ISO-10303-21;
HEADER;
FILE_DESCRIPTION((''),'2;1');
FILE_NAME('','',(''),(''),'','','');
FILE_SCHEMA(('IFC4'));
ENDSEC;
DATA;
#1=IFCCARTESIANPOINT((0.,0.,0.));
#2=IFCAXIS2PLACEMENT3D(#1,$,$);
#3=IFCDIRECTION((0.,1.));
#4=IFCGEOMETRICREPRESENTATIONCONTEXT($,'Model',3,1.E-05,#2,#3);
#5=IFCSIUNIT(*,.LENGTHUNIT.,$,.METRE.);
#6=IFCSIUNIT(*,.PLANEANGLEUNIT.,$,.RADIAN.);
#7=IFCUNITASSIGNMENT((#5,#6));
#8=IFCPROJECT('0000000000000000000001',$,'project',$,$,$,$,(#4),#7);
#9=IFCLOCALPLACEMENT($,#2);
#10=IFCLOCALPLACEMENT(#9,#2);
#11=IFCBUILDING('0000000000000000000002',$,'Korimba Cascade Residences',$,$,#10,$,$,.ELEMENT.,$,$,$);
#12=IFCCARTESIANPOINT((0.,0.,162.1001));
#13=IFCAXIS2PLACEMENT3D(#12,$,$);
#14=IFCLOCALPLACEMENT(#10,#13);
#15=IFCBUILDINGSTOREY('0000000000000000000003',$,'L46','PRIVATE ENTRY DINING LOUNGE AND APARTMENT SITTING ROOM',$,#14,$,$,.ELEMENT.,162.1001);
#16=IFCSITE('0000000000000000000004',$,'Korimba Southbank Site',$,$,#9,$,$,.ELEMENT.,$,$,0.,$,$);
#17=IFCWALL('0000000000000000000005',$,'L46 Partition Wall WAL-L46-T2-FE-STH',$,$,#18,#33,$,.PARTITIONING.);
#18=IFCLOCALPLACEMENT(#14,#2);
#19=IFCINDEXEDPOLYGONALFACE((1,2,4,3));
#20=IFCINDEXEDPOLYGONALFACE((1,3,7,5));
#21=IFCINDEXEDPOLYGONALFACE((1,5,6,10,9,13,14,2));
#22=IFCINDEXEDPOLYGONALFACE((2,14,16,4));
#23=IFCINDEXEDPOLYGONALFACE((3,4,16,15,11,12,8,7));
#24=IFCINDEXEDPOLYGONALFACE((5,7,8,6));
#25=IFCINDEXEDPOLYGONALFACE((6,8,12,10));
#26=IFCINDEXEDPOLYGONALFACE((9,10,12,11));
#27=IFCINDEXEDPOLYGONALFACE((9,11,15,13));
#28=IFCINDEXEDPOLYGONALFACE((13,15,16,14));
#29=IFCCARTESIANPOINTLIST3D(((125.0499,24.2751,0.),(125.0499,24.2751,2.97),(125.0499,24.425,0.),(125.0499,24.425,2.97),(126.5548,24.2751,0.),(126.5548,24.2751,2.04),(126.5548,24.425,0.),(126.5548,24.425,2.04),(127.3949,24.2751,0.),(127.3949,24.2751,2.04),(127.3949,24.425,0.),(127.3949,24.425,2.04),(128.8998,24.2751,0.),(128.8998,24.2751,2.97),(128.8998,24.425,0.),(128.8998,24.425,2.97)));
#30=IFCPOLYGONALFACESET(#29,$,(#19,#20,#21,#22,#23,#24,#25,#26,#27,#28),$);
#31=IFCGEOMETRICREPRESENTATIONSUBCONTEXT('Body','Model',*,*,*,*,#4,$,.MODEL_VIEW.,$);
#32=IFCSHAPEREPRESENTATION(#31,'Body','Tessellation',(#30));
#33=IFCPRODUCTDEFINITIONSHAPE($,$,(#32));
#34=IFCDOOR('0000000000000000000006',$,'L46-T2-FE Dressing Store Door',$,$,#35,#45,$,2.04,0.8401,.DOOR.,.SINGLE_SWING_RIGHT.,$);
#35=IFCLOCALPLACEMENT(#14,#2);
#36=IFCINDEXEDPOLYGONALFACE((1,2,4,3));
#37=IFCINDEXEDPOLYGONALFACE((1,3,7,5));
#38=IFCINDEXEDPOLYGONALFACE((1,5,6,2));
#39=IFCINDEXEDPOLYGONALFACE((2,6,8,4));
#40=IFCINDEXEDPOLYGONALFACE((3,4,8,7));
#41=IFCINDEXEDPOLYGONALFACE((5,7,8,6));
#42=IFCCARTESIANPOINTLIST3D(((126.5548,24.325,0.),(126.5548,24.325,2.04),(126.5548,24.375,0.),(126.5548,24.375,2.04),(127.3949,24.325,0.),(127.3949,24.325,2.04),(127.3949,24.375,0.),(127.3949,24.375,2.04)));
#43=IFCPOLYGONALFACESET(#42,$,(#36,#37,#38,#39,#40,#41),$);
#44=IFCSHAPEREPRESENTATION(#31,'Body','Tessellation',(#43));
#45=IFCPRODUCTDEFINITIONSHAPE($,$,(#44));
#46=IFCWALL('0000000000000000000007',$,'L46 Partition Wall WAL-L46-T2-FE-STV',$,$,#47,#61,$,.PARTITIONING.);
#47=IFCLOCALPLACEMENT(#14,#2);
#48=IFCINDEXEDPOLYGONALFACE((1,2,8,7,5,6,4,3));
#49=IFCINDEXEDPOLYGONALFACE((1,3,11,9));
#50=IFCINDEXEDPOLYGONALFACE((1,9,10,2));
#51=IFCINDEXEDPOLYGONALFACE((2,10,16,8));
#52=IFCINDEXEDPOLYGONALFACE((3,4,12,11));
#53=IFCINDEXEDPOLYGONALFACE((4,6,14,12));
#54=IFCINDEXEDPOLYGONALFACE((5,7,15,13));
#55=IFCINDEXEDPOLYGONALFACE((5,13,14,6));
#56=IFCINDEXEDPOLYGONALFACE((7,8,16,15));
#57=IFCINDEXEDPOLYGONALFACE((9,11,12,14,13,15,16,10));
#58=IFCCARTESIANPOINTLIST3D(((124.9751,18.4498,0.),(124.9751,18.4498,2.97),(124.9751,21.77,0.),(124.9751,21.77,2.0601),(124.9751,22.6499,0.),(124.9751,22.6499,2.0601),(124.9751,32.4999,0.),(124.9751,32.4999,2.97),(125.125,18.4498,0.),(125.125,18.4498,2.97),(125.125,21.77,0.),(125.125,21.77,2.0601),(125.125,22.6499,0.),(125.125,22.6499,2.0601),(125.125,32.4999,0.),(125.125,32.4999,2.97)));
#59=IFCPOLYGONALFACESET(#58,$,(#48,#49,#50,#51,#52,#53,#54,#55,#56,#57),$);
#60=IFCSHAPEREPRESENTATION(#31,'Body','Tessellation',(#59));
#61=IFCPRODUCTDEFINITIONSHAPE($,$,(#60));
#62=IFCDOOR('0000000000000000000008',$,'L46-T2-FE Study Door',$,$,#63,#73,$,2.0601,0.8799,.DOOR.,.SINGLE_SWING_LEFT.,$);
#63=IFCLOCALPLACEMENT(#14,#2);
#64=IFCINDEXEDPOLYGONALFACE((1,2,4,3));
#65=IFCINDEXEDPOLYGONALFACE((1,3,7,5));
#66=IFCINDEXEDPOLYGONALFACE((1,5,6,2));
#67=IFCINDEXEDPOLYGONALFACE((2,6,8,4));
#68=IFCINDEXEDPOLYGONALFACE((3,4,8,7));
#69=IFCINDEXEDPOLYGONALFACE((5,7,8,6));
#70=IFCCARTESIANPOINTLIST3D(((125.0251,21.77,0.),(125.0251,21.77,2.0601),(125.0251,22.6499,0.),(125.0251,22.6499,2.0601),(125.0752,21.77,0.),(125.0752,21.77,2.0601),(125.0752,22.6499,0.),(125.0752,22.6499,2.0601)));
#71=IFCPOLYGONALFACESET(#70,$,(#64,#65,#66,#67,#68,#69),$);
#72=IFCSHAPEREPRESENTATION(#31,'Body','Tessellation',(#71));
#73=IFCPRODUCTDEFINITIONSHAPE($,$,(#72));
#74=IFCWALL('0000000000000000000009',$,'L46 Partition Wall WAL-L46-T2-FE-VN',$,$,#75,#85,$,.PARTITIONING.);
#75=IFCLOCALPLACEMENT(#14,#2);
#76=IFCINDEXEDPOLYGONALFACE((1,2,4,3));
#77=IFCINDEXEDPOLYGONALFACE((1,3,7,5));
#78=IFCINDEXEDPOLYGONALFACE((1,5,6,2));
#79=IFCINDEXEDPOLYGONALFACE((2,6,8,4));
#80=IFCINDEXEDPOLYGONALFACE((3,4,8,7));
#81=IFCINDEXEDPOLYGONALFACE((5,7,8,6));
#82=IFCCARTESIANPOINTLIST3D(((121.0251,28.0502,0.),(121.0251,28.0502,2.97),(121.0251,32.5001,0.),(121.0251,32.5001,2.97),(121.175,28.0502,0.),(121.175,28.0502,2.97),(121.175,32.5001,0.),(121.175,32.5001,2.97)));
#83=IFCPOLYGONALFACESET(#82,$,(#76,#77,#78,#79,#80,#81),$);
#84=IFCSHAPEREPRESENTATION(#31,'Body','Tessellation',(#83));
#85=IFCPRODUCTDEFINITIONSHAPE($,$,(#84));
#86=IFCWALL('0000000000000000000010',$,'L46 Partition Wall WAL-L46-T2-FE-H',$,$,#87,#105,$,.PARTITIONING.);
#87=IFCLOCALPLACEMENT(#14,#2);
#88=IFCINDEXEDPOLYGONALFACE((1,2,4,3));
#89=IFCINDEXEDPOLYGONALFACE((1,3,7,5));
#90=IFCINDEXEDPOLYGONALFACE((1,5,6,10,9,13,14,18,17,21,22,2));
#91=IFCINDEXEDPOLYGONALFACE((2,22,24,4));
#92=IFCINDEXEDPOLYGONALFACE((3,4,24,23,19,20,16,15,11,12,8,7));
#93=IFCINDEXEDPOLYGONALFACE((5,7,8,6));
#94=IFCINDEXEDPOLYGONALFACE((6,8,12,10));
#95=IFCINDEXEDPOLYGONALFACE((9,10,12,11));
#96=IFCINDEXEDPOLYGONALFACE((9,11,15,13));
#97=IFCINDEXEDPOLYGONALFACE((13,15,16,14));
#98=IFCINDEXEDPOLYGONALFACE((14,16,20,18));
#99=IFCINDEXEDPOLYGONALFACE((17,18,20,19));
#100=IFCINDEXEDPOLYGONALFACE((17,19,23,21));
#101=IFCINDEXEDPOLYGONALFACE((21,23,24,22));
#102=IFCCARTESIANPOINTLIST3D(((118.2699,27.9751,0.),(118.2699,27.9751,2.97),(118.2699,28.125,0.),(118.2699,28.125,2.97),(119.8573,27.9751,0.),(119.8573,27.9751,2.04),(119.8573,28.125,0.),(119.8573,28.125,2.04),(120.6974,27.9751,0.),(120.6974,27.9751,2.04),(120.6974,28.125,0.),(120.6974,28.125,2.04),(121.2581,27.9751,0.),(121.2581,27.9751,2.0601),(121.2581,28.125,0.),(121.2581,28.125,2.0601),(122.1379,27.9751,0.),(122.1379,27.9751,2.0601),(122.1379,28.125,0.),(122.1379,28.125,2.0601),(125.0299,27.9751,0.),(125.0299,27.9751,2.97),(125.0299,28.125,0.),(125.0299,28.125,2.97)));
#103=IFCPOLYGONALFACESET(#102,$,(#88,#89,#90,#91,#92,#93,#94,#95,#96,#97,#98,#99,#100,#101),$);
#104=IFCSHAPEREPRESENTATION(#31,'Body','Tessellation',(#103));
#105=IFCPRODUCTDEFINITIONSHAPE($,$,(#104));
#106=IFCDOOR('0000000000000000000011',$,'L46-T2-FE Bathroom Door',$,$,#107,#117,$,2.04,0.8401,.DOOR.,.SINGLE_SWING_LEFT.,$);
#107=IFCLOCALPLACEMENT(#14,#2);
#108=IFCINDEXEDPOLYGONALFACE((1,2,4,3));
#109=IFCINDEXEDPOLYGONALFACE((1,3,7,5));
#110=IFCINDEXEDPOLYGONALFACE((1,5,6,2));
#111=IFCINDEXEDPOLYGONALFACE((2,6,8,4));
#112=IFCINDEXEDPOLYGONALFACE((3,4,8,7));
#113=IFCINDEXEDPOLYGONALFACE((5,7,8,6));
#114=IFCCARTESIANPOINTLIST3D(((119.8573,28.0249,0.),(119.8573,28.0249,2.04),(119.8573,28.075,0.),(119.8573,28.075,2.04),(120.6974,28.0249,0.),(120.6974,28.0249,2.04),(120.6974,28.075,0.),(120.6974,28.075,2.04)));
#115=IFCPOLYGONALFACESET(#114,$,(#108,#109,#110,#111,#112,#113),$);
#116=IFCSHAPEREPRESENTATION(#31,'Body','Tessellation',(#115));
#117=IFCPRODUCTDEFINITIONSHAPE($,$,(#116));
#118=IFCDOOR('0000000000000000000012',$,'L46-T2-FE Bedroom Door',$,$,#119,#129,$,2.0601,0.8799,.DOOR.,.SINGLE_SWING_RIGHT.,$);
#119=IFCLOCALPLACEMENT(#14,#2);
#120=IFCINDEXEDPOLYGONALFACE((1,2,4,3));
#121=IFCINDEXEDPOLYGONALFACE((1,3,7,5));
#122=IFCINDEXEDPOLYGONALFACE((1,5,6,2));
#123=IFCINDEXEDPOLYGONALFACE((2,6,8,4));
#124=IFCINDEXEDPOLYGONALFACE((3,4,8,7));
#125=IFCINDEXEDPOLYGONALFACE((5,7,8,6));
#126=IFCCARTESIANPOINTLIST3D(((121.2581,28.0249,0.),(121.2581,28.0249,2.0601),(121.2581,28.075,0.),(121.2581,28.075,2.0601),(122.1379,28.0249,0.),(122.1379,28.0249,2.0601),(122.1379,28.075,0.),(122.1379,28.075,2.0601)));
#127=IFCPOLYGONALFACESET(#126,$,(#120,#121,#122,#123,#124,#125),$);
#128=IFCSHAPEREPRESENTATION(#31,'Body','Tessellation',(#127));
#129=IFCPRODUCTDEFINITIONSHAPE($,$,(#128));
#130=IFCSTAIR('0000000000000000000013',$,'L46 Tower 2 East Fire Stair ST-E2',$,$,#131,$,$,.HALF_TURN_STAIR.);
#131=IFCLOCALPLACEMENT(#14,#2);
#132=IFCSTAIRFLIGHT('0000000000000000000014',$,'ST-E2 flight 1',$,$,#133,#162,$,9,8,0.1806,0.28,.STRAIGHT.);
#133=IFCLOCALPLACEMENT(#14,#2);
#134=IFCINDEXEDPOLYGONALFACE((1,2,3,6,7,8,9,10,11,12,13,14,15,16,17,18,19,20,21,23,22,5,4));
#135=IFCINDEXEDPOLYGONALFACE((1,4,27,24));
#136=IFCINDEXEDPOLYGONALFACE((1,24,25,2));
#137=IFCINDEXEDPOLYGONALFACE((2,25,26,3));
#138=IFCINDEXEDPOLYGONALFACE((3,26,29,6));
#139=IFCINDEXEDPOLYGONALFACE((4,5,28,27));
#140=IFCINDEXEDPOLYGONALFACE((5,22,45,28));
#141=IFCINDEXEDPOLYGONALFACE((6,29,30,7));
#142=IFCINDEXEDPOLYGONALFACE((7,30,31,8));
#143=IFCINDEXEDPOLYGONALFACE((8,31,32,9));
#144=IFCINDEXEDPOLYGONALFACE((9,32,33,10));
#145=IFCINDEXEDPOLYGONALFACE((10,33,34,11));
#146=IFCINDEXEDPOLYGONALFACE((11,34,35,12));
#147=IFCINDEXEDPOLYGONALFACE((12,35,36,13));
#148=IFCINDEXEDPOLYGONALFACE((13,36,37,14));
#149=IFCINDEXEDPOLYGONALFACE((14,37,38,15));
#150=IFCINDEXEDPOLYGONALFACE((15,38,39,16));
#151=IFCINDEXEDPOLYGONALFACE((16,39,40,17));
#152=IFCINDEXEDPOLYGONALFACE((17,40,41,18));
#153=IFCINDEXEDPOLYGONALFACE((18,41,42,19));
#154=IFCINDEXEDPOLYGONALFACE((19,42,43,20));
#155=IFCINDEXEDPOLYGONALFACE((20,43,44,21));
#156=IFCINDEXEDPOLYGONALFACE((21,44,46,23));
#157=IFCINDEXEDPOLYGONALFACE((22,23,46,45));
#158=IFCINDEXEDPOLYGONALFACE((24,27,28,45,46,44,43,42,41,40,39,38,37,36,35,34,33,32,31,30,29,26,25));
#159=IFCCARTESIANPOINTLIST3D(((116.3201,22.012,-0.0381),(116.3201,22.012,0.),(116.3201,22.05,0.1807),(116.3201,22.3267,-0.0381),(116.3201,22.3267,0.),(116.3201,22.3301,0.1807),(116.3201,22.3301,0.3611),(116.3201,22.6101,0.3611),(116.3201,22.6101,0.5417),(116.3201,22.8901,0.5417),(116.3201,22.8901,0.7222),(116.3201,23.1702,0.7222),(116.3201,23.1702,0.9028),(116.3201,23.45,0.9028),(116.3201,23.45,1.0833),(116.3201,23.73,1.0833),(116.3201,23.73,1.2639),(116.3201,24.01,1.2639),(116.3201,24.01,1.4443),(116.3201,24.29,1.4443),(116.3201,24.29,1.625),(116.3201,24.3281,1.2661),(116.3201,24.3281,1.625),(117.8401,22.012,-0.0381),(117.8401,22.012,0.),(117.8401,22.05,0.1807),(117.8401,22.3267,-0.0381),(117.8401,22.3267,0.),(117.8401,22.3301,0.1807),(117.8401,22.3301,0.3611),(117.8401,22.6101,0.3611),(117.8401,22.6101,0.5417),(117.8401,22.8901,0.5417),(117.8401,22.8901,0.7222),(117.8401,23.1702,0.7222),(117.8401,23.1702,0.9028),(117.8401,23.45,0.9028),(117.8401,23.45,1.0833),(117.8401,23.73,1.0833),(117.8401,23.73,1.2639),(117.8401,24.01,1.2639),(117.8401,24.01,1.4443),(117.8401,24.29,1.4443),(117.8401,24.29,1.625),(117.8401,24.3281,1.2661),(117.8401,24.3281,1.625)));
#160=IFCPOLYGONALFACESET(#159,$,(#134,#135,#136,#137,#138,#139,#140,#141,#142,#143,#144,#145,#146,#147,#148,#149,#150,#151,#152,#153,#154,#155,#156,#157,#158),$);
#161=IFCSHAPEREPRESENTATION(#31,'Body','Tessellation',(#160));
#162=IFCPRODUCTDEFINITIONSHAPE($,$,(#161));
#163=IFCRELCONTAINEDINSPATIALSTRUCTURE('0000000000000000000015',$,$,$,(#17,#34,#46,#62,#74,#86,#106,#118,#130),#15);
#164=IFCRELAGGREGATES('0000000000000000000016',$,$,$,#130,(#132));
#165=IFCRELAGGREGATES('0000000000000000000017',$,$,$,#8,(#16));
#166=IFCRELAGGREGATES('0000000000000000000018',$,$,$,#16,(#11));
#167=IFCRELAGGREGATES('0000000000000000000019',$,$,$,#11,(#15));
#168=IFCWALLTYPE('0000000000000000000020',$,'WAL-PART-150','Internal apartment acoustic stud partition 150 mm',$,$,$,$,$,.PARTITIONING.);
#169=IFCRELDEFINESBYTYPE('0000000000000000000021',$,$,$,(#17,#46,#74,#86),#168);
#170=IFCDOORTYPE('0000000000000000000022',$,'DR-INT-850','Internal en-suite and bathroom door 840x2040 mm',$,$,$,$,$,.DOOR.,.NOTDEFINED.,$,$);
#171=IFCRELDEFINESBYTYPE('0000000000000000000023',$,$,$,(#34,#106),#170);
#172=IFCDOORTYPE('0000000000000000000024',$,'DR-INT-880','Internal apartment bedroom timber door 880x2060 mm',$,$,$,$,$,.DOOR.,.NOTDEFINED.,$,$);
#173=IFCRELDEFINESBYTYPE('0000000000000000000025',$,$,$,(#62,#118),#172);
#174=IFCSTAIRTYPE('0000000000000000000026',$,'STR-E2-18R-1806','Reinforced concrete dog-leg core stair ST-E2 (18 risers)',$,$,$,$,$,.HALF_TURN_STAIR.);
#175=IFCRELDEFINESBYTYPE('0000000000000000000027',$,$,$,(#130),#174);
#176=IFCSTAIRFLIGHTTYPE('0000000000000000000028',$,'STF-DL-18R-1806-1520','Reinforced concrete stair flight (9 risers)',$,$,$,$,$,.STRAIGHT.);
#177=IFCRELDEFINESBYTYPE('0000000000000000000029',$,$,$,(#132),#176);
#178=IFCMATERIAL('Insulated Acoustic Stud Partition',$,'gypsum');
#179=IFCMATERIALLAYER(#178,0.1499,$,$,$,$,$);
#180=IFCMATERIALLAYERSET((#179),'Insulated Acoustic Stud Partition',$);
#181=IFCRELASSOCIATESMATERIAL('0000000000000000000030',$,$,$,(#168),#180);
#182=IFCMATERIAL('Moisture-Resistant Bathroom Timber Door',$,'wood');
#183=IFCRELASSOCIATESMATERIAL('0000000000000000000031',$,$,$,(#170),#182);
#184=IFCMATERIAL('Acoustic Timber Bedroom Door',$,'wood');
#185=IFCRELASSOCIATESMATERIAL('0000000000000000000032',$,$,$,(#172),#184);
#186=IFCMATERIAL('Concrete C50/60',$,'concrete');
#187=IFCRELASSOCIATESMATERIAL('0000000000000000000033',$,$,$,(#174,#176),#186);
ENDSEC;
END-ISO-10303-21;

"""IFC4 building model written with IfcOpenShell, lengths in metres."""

from ifc_helpers import new_model, si_unit, direction, frame, frame_2d, origin, place, context, subcontext, project, spatial, polyline, rectangle, outline, extrude, material, layer, layer_set, type_object, element, fill, aggregate, save


model = new_model("IFC4")

# Units and contexts
model_context = context("Model", 3, precision=1e-05, world=origin(), true_north=direction((0.0, 1.0)))
body_context = subcontext(model_context, "Body", "Model", "MODEL_VIEW")
ifc_project = project(units=[si_unit("LENGTHUNIT", "METRE"), si_unit("PLANEANGLEUNIT", "RADIAN")], contexts=[model_context])

# Site, building, storey
site_placement = place(None, origin())
site = spatial("IfcSite", under=ifc_project, at=site_placement, Name="Korimba Southbank Site", CompositionType="ELEMENT", RefElevation=0.0)
building_placement = place(site_placement, origin())
building = spatial("IfcBuilding", under=site, at=building_placement, Name="Korimba Cascade Residences", CompositionType="ELEMENT")
storey_placement = place(building_placement, frame((0.0, 0.0, 162.1001)))
storey = spatial("IfcBuildingStorey", under=building, at=storey_placement, Name="L46", Description="PRIVATE ENTRY DINING LOUNGE AND APARTMENT SITTING ROOM", CompositionType="ELEMENT", Elevation=162.1001)

# Shared definitions
ifc_material_1 = material(Name="Concrete C50/60", Category="concrete")

# Walls, openings, doors
ifc_material_2 = material(Name="Insulated Acoustic Stud Partition", Category="gypsum")
ifc_layer_1 = layer(ifc_material_2, 0.1499)
ifc_layer_set_1 = layer_set([ifc_layer_1], Name="Insulated Acoustic Stud Partition")
wall_type_1 = type_object("IfcWallType", Name="WAL-PART-150", Description="Internal apartment acoustic stud partition 150 mm", PredefinedType="PARTITIONING", material=ifc_layer_set_1)
wall_1_placement = place(storey_placement, frame((125.05, 24.3501, 0.0), z_axis=(0.0, 0.0, 1.0), x_axis=(1.0, 0.0, 0.0)))
wall_1 = element("IfcWall", 1, at=wall_1_placement, inside=storey, type_object=wall_type_1, Name="L46 Partition Wall WAL-L46-T2-FE-STH", PredefinedType="PARTITIONING", context=body_context, shape_type="SweptSolid", body=[
    extrude(rectangle(XDim=3.8499, YDim=0.1499, at=frame_2d((1.9248, 0.0))), origin(), (0.0, 0.0, 1.0), 2.97),
])
opening_1_placement = place(wall_1_placement, frame((1.5049, 0.0, 0.0)))
opening_1 = element("IfcOpeningElement", 2, at=opening_1_placement, cuts=wall_1, PredefinedType="OPENING", context=body_context, shape_type="SweptSolid", body=[
    extrude(rectangle(XDim=0.8401, YDim=2.04, at=frame_2d((0.4199, 1.02))), frame((0.0, 0.085, 0.0), z_axis=(0.0, -1.0, 0.0), x_axis=(1.0, 0.0, 0.0)), (0.0, 0.0, 1.0), 0.1699),
])
ifc_material_3 = material(Name="Moisture-Resistant Bathroom Timber Door", Category="wood")
door_type_1 = type_object("IfcDoorType", Name="DR-INT-850", Description="Internal en-suite and bathroom door 840x2040 mm", OperationType="NOTDEFINED", PredefinedType="DOOR", material=ifc_material_3)
door_1_placement = place(opening_1_placement, origin())
door_1 = element("IfcDoor", 3, at=door_1_placement, inside=storey, type_object=door_type_1, Name="L46-T2-FE Dressing Store Door", OperationType="SINGLE_SWING_RIGHT", OverallHeight=2.04, OverallWidth=0.8401, PredefinedType="DOOR", context=body_context, shape_type="SweptSolid", body=[
    extrude(rectangle(XDim=0.8401, YDim=2.04, at=frame_2d((0.4199, 1.02))), frame((0.0, 0.0249, 0.0), z_axis=(0.0, -1.0, 0.0), x_axis=(1.0, 0.0, 0.0)), (0.0, 0.0, 1.0), 0.05),
])
fill(opening_1, door_1)
wall_2_placement = place(storey_placement, frame((125.05, 18.45, 0.0), z_axis=(0.0, 0.0, 1.0), x_axis=(0.0, 1.0, 0.0)))
wall_2 = element("IfcWall", 4, at=wall_2_placement, inside=storey, type_object=wall_type_1, Name="L46 Partition Wall WAL-L46-T2-FE-STV", PredefinedType="PARTITIONING", context=body_context, shape_type="SweptSolid", body=[
    extrude(rectangle(XDim=14.05, YDim=0.1499, at=frame_2d((7.0249, 0.0))), origin(), (0.0, 0.0, 1.0), 2.97),
])
opening_2_placement = place(wall_2_placement, frame((3.3201, 0.0, 0.0)))
opening_2 = element("IfcOpeningElement", 5, at=opening_2_placement, cuts=wall_2, PredefinedType="OPENING", context=body_context, shape_type="SweptSolid", body=[
    extrude(rectangle(XDim=0.8799, YDim=2.0601, at=frame_2d((0.4399, 1.03))), frame((0.0, 0.085, 0.0), z_axis=(0.0, -1.0, 0.0), x_axis=(1.0, 0.0, 0.0)), (0.0, 0.0, 1.0), 0.1699),
])
ifc_material_4 = material(Name="Acoustic Timber Bedroom Door", Category="wood")
door_type_2 = type_object("IfcDoorType", Name="DR-INT-880", Description="Internal apartment bedroom timber door 880x2060 mm", OperationType="NOTDEFINED", PredefinedType="DOOR", material=ifc_material_4)
door_2_placement = place(opening_2_placement, origin())
door_2 = element("IfcDoor", 6, at=door_2_placement, inside=storey, type_object=door_type_2, Name="L46-T2-FE Study Door", OperationType="SINGLE_SWING_LEFT", OverallHeight=2.0601, OverallWidth=0.8799, PredefinedType="DOOR", context=body_context, shape_type="SweptSolid", body=[
    extrude(rectangle(XDim=0.8799, YDim=2.0601, at=frame_2d((0.4399, 1.03))), frame((0.0, 0.0249, 0.0), z_axis=(0.0, -1.0, 0.0), x_axis=(1.0, 0.0, 0.0)), (0.0, 0.0, 1.0), 0.05),
])
fill(opening_2, door_2)

# Wall
wall_3_placement = place(storey_placement, frame((121.1001, 28.05, 0.0), z_axis=(0.0, 0.0, 1.0), x_axis=(0.0, 1.0, 0.0)))
element("IfcWall", 7, at=wall_3_placement, inside=storey, type_object=wall_type_1, Name="L46 Partition Wall WAL-L46-T2-FE-VN", PredefinedType="PARTITIONING", context=body_context, shape_type="SweptSolid", body=[
    extrude(rectangle(XDim=4.45, YDim=0.1499, at=frame_2d((2.2251, 0.0))), origin(), (0.0, 0.0, 1.0), 2.97),
])

# Wall, openings, doors
wall_4_placement = place(storey_placement, frame((118.27, 28.05, 0.0), z_axis=(0.0, 0.0, 1.0), x_axis=(1.0, 0.0, 0.0)))
wall_4 = element("IfcWall", 8, at=wall_4_placement, inside=storey, type_object=wall_type_1, Name="L46 Partition Wall WAL-L46-T2-FE-H", PredefinedType="PARTITIONING", context=body_context, shape_type="SweptSolid", body=[
    extrude(rectangle(XDim=6.76, YDim=0.1499, at=frame_2d((3.3799, 0.0))), origin(), (0.0, 0.0, 1.0), 2.97),
])
opening_3_placement = place(wall_4_placement, frame((1.5874, 0.0, 0.0)))
opening_3 = element("IfcOpeningElement", 9, at=opening_3_placement, cuts=wall_4, PredefinedType="OPENING", context=body_context, shape_type="SweptSolid", body=[
    extrude(rectangle(XDim=0.8401, YDim=2.04, at=frame_2d((0.4199, 1.02))), frame((0.0, 0.085, 0.0), z_axis=(0.0, -1.0, 0.0), x_axis=(1.0, 0.0, 0.0)), (0.0, 0.0, 1.0), 0.1699),
])
opening_4_placement = place(wall_4_placement, frame((2.988, 0.0, 0.0)))
opening_4 = element("IfcOpeningElement", 10, at=opening_4_placement, cuts=wall_4, PredefinedType="OPENING", context=body_context, shape_type="SweptSolid", body=[
    extrude(rectangle(XDim=0.8799, YDim=2.0601, at=frame_2d((0.4399, 1.03))), frame((0.0, 0.085, 0.0), z_axis=(0.0, -1.0, 0.0), x_axis=(1.0, 0.0, 0.0)), (0.0, 0.0, 1.0), 0.1699),
])
door_3_placement = place(opening_3_placement, origin())
door_3 = element("IfcDoor", 11, at=door_3_placement, inside=storey, type_object=door_type_1, Name="L46-T2-FE Bathroom Door", OperationType="SINGLE_SWING_LEFT", OverallHeight=2.04, OverallWidth=0.8401, PredefinedType="DOOR", context=body_context, shape_type="SweptSolid", body=[
    extrude(rectangle(XDim=0.8401, YDim=2.04, at=frame_2d((0.4199, 1.02))), frame((0.0, 0.0249, 0.0), z_axis=(0.0, -1.0, 0.0), x_axis=(1.0, 0.0, 0.0)), (0.0, 0.0, 1.0), 0.05),
])
fill(opening_3, door_3)
door_4_placement = place(opening_4_placement, origin())
door_4 = element("IfcDoor", 12, at=door_4_placement, inside=storey, type_object=door_type_2, Name="L46-T2-FE Bedroom Door", OperationType="SINGLE_SWING_RIGHT", OverallHeight=2.0601, OverallWidth=0.8799, PredefinedType="DOOR", context=body_context, shape_type="SweptSolid", body=[
    extrude(rectangle(XDim=0.8799, YDim=2.0601, at=frame_2d((0.4399, 1.03))), frame((0.0, 0.0249, 0.0), z_axis=(0.0, -1.0, 0.0), x_axis=(1.0, 0.0, 0.0)), (0.0, 0.0, 1.0), 0.05),
])
fill(opening_4, door_4)

# Stair, stair flight
stair_type = type_object("IfcStairType", Name="STR-E2-18R-1806", Description="Reinforced concrete dog-leg core stair ST-E2 (18 risers)", PredefinedType="HALF_TURN_STAIR", material=ifc_material_1)
stair_placement = place(storey_placement, origin())
stair = element("IfcStair", 13, at=stair_placement, inside=storey, type_object=stair_type, Name="L46 Tower 2 East Fire Stair ST-E2", PredefinedType="HALF_TURN_STAIR")
stair_flight_type = type_object("IfcStairFlightType", Name="STF-DL-18R-1806-1520", Description="Reinforced concrete stair flight (9 risers)", PredefinedType="STRAIGHT", material=ifc_material_1)
stair_flight_placement = place(storey_placement, frame((117.0801, 22.05, 0.0), z_axis=(0.0, 0.0, 1.0), x_axis=(0.0, 1.0, 0.0)))
stair_flight = element("IfcStairFlight", 14, at=stair_flight_placement, type_object=stair_flight_type, Name="ST-E2 flight 1", NumberOfRisers=9, NumberOfTreads=8, PredefinedType="STRAIGHT", RiserHeight=0.1806, TreadLength=0.28, context=body_context, shape_type="SweptSolid", body=[
    extrude(outline(polyline([(-0.0381, 0.0), (0.0, 0.1807), (0.28, 0.1807), (0.28, 0.3611), (0.5601, 0.3611), (0.5601, 0.5417), (0.8401, 0.5417), (0.8401, 0.7222), (1.1201, 0.7222), (1.1201, 0.9028), (1.3999, 0.9028), (1.3999, 1.0833), (1.6799, 1.0833), (1.6799, 1.2639), (1.96, 1.2639), (1.96, 1.4443), (2.24, 1.4443), (2.24, 1.625), (2.2781, 1.625), (2.2781, 1.2661), (0.2766, 0.0), (0.2766, -0.0381), (-0.0381, -0.0381), (-0.0381, 0.0)])), frame((0.0, 0.76, 0.0), z_axis=(0.0, -1.0, 0.0), x_axis=(1.0, 0.0, 0.0)), (0.0, 0.0, 1.0), 1.52),
])
aggregate(stair, [stair_flight])

save(model, "model.ifc")
